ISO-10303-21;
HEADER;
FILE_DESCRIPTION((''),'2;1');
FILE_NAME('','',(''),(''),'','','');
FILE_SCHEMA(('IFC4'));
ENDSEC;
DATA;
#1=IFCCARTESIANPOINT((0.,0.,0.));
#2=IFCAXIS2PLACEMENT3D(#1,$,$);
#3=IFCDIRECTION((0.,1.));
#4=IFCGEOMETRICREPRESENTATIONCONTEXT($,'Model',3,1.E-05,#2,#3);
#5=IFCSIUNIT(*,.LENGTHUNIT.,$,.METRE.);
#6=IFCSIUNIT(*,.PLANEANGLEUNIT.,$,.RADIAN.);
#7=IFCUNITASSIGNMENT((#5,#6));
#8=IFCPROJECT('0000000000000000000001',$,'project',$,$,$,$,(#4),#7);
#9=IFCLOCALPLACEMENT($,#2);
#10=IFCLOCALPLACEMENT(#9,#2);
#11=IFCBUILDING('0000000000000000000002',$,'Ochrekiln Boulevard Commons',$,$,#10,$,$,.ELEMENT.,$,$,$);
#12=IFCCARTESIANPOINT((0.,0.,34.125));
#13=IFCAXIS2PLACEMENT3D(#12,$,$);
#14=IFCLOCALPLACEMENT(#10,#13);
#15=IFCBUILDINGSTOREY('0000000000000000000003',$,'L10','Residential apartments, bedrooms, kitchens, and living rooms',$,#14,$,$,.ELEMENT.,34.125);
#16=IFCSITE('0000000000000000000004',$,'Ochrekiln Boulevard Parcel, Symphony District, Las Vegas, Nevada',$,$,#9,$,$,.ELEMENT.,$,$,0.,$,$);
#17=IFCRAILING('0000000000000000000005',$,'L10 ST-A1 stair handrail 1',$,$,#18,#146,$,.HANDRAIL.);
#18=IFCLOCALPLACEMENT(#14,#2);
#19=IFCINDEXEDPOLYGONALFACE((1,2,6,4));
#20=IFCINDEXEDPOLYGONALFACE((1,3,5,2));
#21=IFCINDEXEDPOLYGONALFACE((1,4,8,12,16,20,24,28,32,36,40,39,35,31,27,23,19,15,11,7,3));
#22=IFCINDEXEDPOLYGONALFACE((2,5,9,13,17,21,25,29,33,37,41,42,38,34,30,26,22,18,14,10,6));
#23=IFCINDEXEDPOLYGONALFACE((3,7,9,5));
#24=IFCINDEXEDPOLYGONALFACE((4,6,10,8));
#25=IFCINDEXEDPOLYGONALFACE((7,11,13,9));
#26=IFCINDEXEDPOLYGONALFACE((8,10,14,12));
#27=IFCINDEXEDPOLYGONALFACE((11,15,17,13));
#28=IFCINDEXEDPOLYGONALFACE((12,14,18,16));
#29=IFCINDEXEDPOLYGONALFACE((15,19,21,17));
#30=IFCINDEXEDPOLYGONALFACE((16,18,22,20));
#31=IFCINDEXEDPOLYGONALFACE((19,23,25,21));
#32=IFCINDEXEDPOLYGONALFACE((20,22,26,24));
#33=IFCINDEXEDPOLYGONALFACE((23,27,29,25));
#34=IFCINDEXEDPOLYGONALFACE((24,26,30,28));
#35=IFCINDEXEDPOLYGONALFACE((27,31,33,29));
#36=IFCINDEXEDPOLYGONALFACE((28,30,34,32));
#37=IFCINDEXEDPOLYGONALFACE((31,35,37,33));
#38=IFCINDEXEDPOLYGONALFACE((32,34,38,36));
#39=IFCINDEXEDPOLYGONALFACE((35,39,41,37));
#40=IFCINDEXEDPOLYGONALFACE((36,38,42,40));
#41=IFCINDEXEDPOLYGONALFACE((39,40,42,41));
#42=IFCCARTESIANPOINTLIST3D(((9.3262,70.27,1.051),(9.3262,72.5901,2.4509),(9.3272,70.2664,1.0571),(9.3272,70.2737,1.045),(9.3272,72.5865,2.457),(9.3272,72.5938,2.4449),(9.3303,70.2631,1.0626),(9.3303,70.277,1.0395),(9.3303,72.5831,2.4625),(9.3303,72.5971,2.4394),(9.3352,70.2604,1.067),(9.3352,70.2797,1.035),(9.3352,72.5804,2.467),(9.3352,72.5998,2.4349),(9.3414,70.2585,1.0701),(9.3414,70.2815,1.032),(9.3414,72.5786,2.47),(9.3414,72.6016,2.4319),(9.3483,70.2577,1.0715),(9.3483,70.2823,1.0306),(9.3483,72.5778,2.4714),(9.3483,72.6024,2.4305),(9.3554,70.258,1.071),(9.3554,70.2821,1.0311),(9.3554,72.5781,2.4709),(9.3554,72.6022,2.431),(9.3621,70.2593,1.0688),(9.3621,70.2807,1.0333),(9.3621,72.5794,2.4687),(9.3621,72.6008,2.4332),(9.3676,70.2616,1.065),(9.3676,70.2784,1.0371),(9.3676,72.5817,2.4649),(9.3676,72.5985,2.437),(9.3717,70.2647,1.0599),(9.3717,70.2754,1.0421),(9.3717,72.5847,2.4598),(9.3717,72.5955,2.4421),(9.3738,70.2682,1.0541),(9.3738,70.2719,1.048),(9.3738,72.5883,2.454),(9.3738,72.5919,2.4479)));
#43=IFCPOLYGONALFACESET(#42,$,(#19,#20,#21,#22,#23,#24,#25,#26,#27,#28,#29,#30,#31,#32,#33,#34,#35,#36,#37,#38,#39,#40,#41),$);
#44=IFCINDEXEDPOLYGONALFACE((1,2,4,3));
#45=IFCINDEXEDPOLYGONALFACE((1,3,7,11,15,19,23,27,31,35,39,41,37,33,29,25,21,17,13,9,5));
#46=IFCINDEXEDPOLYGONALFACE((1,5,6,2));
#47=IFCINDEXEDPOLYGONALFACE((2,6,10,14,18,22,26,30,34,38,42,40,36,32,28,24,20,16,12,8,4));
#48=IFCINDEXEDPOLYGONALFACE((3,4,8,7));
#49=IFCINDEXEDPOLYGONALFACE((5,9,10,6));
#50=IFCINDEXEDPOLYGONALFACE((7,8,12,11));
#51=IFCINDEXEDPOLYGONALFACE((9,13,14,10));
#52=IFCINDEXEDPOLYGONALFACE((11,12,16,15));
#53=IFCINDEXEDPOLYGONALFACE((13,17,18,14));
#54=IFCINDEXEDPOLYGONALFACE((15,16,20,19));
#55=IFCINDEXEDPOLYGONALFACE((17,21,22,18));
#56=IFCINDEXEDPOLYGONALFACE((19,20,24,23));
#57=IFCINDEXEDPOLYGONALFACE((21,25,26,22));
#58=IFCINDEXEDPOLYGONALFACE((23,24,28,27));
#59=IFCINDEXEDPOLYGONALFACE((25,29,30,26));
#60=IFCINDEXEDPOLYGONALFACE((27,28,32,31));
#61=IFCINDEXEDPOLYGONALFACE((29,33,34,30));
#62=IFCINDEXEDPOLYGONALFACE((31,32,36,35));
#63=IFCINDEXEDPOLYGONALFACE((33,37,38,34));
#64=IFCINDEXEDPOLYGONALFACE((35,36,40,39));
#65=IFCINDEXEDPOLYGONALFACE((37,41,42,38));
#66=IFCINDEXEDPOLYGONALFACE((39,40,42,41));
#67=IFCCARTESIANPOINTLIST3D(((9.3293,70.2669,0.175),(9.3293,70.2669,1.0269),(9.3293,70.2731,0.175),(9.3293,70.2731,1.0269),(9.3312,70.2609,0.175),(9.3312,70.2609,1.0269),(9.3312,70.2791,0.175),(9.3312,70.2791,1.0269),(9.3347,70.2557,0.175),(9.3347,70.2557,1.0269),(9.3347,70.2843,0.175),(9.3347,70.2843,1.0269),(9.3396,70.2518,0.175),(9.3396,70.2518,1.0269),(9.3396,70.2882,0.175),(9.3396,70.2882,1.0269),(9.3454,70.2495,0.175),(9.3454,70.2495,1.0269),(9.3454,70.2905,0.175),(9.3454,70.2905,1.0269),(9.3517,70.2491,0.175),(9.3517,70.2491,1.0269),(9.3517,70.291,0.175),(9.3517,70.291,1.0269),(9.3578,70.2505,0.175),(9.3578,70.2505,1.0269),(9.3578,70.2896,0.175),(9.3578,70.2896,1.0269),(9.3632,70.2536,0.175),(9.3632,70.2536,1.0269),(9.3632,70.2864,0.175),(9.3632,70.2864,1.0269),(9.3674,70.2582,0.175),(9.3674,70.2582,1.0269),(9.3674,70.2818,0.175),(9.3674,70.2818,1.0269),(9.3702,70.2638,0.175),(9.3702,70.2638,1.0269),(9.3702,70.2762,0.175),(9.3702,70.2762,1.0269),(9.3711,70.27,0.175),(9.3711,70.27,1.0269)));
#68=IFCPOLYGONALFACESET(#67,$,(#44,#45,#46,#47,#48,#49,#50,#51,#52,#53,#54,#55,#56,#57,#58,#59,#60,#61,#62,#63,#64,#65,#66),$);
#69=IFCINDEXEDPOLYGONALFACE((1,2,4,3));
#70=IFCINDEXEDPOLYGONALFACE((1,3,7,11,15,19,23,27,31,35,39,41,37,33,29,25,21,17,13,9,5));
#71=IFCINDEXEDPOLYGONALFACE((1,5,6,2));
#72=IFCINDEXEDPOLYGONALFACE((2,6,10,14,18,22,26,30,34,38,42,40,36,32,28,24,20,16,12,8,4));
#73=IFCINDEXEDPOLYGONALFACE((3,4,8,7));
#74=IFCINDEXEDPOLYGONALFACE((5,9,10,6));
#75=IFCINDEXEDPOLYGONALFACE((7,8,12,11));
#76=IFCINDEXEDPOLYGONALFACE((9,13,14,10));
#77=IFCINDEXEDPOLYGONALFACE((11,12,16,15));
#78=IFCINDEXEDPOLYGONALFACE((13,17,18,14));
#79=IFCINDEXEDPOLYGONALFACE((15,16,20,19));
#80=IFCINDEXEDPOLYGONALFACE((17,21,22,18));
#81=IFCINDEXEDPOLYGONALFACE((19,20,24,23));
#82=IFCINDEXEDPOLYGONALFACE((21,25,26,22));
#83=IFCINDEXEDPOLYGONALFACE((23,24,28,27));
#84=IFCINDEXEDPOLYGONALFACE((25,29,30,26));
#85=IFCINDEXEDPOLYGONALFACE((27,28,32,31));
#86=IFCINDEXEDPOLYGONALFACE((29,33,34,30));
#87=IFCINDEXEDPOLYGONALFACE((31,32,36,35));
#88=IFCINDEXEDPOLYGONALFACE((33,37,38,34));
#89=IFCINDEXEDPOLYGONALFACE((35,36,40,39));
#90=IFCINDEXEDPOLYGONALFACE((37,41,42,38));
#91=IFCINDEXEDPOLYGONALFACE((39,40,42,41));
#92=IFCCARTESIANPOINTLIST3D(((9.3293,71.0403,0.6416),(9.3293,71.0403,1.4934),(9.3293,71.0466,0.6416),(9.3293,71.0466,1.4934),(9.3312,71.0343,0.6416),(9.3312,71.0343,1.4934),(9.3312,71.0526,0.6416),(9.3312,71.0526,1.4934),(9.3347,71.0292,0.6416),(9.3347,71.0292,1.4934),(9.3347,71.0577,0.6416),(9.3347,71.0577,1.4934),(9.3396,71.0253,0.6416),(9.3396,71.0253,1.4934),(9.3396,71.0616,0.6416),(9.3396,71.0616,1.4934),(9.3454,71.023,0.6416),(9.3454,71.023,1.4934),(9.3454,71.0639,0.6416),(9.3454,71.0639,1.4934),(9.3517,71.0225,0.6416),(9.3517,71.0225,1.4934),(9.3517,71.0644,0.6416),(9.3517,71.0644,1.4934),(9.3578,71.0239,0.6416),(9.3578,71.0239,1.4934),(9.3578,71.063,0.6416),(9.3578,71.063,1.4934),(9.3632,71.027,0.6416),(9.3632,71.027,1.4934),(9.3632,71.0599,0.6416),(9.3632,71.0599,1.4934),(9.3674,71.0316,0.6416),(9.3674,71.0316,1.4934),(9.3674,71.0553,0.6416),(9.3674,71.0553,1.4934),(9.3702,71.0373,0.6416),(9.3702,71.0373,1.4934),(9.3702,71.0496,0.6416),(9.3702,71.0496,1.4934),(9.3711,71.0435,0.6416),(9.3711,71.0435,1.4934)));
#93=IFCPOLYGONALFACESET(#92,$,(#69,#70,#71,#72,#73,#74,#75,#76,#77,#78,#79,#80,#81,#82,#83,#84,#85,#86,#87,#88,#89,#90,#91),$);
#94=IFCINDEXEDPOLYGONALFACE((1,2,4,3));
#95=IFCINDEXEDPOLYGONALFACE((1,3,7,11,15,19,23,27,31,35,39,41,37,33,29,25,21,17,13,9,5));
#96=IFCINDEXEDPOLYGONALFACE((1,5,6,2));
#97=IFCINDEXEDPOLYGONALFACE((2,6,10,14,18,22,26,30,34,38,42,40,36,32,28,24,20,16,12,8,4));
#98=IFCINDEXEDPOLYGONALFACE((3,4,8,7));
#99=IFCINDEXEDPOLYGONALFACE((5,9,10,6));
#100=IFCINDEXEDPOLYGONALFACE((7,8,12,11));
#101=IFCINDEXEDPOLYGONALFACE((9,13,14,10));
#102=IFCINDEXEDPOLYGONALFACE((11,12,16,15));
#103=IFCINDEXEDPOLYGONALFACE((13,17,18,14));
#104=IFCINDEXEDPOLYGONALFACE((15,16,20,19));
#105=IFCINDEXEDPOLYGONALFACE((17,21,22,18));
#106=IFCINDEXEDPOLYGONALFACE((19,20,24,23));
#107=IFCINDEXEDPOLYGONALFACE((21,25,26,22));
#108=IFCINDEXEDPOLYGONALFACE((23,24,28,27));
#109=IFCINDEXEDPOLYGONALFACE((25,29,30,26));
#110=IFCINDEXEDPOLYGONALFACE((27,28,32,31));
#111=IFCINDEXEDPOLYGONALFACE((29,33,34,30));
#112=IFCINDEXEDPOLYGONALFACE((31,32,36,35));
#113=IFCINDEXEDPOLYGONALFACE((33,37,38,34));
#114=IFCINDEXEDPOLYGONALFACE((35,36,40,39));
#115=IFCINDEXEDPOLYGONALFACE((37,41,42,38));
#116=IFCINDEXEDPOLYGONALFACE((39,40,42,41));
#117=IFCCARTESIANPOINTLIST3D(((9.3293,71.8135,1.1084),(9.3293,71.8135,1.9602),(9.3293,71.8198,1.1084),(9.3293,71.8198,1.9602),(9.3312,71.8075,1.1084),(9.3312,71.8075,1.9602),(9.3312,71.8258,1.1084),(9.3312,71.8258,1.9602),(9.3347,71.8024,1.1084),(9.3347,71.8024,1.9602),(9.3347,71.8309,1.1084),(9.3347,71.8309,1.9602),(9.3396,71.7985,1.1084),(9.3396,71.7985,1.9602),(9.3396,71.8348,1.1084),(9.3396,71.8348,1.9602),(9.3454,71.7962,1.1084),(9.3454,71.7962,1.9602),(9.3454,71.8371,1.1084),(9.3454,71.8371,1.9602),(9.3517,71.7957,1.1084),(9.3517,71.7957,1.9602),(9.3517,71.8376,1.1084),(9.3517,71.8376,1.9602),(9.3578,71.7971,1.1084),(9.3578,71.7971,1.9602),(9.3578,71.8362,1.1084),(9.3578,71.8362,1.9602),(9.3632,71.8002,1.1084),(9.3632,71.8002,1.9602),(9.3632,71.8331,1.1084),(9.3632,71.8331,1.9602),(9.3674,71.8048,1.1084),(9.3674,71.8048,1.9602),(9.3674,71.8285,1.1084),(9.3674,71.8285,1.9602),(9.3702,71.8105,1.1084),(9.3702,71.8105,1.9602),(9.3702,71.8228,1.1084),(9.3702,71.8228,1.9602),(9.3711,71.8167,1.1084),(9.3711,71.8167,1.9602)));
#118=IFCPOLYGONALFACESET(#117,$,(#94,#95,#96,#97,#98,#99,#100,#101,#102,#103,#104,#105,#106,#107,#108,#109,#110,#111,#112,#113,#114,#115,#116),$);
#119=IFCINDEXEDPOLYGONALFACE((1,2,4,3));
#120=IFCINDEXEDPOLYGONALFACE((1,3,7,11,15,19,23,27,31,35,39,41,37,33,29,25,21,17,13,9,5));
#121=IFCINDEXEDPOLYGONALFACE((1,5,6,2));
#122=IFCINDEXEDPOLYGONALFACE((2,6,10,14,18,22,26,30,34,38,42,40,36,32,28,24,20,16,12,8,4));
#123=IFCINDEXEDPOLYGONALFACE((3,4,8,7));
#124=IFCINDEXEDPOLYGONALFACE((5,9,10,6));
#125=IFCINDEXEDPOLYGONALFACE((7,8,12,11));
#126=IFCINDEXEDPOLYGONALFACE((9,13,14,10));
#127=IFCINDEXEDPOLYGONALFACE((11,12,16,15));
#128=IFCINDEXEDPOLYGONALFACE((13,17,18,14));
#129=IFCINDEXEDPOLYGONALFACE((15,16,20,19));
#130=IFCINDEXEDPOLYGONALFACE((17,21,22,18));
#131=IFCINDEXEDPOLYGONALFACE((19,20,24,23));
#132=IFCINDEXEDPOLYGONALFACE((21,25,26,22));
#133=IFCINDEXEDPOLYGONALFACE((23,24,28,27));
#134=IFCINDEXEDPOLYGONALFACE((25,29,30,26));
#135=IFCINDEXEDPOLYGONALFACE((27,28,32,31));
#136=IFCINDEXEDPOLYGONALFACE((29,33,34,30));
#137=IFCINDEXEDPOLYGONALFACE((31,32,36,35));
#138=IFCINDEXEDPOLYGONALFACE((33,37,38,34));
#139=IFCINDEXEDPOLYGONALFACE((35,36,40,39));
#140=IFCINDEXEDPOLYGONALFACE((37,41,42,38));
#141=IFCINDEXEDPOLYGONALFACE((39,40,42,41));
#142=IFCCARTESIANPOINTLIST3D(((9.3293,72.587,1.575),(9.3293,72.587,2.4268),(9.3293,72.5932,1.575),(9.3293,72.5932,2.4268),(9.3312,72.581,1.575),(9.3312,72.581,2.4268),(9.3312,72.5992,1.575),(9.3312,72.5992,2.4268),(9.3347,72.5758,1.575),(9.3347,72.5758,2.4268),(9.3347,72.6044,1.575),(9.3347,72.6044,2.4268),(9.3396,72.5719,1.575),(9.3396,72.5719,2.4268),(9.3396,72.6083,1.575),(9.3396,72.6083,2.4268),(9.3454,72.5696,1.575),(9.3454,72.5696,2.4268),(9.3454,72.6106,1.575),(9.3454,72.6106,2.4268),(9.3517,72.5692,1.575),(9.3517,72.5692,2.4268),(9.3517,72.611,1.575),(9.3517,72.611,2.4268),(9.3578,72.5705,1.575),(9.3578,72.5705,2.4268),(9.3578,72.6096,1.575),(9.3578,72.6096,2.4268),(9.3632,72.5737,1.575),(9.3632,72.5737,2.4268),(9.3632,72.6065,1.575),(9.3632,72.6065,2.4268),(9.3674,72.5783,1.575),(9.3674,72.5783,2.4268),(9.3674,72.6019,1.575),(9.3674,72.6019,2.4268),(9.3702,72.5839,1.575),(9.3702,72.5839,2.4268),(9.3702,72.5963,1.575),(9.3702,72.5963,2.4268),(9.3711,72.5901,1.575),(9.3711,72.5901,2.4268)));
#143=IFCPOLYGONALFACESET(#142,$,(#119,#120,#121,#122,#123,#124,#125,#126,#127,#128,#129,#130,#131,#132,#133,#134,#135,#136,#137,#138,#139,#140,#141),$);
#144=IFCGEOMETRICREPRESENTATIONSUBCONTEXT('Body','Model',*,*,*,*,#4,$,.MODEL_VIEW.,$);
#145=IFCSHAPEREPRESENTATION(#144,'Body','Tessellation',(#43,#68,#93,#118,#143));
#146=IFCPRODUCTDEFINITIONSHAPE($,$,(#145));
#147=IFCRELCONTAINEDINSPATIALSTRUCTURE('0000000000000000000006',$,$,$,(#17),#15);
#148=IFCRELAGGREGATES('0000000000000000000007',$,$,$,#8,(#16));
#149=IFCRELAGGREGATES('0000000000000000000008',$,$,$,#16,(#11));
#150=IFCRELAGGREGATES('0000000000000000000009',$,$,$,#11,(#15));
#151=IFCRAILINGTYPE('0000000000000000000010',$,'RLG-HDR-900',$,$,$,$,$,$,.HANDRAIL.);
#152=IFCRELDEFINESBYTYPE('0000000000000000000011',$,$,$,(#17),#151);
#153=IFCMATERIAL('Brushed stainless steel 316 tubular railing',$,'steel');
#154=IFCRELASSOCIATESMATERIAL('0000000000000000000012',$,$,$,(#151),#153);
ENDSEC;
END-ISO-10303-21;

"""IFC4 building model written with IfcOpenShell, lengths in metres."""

from ifc_helpers import new_model, si_unit, direction, frame, origin, origin_2d, place, context, subcontext, project, spatial, circle, extrude, material, type_object, element, save


model = new_model("IFC4")

# Units and contexts
model_context = context("Model", 3, precision=1e-05, world=origin(), true_north=direction((0.0, 1.0)))
body_context = subcontext(model_context, "Body", "Model", "MODEL_VIEW")
ifc_project = project(units=[si_unit("LENGTHUNIT", "METRE"), si_unit("PLANEANGLEUNIT", "RADIAN")], contexts=[model_context])

# Site, building, storey
site_placement = place(None, origin())
site = spatial("IfcSite", under=ifc_project, at=site_placement, Name="Ochrekiln Boulevard Parcel, Symphony District, Las Vegas, Nevada", CompositionType="ELEMENT", RefElevation=0.0)
building_placement = place(site_placement, origin())
building = spatial("IfcBuilding", under=site, at=building_placement, Name="Ochrekiln Boulevard Commons", CompositionType="ELEMENT")
storey_placement = place(building_placement, frame((0.0, 0.0, 34.125)))
storey = spatial("IfcBuildingStorey", under=building, at=storey_placement, Name="L10", Description="Residential apartments, bedrooms, kitchens, and living rooms", CompositionType="ELEMENT", Elevation=34.125)

# Railing
ifc_material_1 = material(Name="Brushed stainless steel 316 tubular railing", Category="steel")
railing_type_1 = type_object("IfcRailingType", Name="RLG-HDR-900", PredefinedType="HANDRAIL", material=ifc_material_1)
railing_1_placement = place(storey_placement, frame((9.3501, 70.27, 0.175)))
element("IfcRailing", 1, at=railing_1_placement, inside=storey, type_object=railing_type_1, Name="L10 ST-A1 stair handrail 1", PredefinedType="HANDRAIL", context=body_context, shape_type="SweptSolid", body=[
    extrude(circle(Radius=0.0239, at=origin_2d()), frame((0.0, 0.0, 0.876), z_axis=(0.0, 0.85621, 0.516627), x_axis=(-1.0, 0.0, 0.0)), (0.0, 0.0, 1.0), 2.7097),
    extrude(circle(Radius=0.021, at=origin_2d()), origin(), (0.0, 0.0, 1.0), 0.8518),
    extrude(circle(Radius=0.021, at=origin_2d()), frame((0.0, 0.7734, 0.4666)), (0.0, 0.0, 1.0), 0.8518),
    extrude(circle(Radius=0.021, at=origin_2d()), frame((0.0, 1.5466, 0.9333)), (0.0, 0.0, 1.0), 0.8518),
    extrude(circle(Radius=0.021, at=origin_2d()), frame((0.0, 2.3201, 1.3999)), (0.0, 0.0, 1.0), 0.8518),
])

save(model, "model.ifc")
